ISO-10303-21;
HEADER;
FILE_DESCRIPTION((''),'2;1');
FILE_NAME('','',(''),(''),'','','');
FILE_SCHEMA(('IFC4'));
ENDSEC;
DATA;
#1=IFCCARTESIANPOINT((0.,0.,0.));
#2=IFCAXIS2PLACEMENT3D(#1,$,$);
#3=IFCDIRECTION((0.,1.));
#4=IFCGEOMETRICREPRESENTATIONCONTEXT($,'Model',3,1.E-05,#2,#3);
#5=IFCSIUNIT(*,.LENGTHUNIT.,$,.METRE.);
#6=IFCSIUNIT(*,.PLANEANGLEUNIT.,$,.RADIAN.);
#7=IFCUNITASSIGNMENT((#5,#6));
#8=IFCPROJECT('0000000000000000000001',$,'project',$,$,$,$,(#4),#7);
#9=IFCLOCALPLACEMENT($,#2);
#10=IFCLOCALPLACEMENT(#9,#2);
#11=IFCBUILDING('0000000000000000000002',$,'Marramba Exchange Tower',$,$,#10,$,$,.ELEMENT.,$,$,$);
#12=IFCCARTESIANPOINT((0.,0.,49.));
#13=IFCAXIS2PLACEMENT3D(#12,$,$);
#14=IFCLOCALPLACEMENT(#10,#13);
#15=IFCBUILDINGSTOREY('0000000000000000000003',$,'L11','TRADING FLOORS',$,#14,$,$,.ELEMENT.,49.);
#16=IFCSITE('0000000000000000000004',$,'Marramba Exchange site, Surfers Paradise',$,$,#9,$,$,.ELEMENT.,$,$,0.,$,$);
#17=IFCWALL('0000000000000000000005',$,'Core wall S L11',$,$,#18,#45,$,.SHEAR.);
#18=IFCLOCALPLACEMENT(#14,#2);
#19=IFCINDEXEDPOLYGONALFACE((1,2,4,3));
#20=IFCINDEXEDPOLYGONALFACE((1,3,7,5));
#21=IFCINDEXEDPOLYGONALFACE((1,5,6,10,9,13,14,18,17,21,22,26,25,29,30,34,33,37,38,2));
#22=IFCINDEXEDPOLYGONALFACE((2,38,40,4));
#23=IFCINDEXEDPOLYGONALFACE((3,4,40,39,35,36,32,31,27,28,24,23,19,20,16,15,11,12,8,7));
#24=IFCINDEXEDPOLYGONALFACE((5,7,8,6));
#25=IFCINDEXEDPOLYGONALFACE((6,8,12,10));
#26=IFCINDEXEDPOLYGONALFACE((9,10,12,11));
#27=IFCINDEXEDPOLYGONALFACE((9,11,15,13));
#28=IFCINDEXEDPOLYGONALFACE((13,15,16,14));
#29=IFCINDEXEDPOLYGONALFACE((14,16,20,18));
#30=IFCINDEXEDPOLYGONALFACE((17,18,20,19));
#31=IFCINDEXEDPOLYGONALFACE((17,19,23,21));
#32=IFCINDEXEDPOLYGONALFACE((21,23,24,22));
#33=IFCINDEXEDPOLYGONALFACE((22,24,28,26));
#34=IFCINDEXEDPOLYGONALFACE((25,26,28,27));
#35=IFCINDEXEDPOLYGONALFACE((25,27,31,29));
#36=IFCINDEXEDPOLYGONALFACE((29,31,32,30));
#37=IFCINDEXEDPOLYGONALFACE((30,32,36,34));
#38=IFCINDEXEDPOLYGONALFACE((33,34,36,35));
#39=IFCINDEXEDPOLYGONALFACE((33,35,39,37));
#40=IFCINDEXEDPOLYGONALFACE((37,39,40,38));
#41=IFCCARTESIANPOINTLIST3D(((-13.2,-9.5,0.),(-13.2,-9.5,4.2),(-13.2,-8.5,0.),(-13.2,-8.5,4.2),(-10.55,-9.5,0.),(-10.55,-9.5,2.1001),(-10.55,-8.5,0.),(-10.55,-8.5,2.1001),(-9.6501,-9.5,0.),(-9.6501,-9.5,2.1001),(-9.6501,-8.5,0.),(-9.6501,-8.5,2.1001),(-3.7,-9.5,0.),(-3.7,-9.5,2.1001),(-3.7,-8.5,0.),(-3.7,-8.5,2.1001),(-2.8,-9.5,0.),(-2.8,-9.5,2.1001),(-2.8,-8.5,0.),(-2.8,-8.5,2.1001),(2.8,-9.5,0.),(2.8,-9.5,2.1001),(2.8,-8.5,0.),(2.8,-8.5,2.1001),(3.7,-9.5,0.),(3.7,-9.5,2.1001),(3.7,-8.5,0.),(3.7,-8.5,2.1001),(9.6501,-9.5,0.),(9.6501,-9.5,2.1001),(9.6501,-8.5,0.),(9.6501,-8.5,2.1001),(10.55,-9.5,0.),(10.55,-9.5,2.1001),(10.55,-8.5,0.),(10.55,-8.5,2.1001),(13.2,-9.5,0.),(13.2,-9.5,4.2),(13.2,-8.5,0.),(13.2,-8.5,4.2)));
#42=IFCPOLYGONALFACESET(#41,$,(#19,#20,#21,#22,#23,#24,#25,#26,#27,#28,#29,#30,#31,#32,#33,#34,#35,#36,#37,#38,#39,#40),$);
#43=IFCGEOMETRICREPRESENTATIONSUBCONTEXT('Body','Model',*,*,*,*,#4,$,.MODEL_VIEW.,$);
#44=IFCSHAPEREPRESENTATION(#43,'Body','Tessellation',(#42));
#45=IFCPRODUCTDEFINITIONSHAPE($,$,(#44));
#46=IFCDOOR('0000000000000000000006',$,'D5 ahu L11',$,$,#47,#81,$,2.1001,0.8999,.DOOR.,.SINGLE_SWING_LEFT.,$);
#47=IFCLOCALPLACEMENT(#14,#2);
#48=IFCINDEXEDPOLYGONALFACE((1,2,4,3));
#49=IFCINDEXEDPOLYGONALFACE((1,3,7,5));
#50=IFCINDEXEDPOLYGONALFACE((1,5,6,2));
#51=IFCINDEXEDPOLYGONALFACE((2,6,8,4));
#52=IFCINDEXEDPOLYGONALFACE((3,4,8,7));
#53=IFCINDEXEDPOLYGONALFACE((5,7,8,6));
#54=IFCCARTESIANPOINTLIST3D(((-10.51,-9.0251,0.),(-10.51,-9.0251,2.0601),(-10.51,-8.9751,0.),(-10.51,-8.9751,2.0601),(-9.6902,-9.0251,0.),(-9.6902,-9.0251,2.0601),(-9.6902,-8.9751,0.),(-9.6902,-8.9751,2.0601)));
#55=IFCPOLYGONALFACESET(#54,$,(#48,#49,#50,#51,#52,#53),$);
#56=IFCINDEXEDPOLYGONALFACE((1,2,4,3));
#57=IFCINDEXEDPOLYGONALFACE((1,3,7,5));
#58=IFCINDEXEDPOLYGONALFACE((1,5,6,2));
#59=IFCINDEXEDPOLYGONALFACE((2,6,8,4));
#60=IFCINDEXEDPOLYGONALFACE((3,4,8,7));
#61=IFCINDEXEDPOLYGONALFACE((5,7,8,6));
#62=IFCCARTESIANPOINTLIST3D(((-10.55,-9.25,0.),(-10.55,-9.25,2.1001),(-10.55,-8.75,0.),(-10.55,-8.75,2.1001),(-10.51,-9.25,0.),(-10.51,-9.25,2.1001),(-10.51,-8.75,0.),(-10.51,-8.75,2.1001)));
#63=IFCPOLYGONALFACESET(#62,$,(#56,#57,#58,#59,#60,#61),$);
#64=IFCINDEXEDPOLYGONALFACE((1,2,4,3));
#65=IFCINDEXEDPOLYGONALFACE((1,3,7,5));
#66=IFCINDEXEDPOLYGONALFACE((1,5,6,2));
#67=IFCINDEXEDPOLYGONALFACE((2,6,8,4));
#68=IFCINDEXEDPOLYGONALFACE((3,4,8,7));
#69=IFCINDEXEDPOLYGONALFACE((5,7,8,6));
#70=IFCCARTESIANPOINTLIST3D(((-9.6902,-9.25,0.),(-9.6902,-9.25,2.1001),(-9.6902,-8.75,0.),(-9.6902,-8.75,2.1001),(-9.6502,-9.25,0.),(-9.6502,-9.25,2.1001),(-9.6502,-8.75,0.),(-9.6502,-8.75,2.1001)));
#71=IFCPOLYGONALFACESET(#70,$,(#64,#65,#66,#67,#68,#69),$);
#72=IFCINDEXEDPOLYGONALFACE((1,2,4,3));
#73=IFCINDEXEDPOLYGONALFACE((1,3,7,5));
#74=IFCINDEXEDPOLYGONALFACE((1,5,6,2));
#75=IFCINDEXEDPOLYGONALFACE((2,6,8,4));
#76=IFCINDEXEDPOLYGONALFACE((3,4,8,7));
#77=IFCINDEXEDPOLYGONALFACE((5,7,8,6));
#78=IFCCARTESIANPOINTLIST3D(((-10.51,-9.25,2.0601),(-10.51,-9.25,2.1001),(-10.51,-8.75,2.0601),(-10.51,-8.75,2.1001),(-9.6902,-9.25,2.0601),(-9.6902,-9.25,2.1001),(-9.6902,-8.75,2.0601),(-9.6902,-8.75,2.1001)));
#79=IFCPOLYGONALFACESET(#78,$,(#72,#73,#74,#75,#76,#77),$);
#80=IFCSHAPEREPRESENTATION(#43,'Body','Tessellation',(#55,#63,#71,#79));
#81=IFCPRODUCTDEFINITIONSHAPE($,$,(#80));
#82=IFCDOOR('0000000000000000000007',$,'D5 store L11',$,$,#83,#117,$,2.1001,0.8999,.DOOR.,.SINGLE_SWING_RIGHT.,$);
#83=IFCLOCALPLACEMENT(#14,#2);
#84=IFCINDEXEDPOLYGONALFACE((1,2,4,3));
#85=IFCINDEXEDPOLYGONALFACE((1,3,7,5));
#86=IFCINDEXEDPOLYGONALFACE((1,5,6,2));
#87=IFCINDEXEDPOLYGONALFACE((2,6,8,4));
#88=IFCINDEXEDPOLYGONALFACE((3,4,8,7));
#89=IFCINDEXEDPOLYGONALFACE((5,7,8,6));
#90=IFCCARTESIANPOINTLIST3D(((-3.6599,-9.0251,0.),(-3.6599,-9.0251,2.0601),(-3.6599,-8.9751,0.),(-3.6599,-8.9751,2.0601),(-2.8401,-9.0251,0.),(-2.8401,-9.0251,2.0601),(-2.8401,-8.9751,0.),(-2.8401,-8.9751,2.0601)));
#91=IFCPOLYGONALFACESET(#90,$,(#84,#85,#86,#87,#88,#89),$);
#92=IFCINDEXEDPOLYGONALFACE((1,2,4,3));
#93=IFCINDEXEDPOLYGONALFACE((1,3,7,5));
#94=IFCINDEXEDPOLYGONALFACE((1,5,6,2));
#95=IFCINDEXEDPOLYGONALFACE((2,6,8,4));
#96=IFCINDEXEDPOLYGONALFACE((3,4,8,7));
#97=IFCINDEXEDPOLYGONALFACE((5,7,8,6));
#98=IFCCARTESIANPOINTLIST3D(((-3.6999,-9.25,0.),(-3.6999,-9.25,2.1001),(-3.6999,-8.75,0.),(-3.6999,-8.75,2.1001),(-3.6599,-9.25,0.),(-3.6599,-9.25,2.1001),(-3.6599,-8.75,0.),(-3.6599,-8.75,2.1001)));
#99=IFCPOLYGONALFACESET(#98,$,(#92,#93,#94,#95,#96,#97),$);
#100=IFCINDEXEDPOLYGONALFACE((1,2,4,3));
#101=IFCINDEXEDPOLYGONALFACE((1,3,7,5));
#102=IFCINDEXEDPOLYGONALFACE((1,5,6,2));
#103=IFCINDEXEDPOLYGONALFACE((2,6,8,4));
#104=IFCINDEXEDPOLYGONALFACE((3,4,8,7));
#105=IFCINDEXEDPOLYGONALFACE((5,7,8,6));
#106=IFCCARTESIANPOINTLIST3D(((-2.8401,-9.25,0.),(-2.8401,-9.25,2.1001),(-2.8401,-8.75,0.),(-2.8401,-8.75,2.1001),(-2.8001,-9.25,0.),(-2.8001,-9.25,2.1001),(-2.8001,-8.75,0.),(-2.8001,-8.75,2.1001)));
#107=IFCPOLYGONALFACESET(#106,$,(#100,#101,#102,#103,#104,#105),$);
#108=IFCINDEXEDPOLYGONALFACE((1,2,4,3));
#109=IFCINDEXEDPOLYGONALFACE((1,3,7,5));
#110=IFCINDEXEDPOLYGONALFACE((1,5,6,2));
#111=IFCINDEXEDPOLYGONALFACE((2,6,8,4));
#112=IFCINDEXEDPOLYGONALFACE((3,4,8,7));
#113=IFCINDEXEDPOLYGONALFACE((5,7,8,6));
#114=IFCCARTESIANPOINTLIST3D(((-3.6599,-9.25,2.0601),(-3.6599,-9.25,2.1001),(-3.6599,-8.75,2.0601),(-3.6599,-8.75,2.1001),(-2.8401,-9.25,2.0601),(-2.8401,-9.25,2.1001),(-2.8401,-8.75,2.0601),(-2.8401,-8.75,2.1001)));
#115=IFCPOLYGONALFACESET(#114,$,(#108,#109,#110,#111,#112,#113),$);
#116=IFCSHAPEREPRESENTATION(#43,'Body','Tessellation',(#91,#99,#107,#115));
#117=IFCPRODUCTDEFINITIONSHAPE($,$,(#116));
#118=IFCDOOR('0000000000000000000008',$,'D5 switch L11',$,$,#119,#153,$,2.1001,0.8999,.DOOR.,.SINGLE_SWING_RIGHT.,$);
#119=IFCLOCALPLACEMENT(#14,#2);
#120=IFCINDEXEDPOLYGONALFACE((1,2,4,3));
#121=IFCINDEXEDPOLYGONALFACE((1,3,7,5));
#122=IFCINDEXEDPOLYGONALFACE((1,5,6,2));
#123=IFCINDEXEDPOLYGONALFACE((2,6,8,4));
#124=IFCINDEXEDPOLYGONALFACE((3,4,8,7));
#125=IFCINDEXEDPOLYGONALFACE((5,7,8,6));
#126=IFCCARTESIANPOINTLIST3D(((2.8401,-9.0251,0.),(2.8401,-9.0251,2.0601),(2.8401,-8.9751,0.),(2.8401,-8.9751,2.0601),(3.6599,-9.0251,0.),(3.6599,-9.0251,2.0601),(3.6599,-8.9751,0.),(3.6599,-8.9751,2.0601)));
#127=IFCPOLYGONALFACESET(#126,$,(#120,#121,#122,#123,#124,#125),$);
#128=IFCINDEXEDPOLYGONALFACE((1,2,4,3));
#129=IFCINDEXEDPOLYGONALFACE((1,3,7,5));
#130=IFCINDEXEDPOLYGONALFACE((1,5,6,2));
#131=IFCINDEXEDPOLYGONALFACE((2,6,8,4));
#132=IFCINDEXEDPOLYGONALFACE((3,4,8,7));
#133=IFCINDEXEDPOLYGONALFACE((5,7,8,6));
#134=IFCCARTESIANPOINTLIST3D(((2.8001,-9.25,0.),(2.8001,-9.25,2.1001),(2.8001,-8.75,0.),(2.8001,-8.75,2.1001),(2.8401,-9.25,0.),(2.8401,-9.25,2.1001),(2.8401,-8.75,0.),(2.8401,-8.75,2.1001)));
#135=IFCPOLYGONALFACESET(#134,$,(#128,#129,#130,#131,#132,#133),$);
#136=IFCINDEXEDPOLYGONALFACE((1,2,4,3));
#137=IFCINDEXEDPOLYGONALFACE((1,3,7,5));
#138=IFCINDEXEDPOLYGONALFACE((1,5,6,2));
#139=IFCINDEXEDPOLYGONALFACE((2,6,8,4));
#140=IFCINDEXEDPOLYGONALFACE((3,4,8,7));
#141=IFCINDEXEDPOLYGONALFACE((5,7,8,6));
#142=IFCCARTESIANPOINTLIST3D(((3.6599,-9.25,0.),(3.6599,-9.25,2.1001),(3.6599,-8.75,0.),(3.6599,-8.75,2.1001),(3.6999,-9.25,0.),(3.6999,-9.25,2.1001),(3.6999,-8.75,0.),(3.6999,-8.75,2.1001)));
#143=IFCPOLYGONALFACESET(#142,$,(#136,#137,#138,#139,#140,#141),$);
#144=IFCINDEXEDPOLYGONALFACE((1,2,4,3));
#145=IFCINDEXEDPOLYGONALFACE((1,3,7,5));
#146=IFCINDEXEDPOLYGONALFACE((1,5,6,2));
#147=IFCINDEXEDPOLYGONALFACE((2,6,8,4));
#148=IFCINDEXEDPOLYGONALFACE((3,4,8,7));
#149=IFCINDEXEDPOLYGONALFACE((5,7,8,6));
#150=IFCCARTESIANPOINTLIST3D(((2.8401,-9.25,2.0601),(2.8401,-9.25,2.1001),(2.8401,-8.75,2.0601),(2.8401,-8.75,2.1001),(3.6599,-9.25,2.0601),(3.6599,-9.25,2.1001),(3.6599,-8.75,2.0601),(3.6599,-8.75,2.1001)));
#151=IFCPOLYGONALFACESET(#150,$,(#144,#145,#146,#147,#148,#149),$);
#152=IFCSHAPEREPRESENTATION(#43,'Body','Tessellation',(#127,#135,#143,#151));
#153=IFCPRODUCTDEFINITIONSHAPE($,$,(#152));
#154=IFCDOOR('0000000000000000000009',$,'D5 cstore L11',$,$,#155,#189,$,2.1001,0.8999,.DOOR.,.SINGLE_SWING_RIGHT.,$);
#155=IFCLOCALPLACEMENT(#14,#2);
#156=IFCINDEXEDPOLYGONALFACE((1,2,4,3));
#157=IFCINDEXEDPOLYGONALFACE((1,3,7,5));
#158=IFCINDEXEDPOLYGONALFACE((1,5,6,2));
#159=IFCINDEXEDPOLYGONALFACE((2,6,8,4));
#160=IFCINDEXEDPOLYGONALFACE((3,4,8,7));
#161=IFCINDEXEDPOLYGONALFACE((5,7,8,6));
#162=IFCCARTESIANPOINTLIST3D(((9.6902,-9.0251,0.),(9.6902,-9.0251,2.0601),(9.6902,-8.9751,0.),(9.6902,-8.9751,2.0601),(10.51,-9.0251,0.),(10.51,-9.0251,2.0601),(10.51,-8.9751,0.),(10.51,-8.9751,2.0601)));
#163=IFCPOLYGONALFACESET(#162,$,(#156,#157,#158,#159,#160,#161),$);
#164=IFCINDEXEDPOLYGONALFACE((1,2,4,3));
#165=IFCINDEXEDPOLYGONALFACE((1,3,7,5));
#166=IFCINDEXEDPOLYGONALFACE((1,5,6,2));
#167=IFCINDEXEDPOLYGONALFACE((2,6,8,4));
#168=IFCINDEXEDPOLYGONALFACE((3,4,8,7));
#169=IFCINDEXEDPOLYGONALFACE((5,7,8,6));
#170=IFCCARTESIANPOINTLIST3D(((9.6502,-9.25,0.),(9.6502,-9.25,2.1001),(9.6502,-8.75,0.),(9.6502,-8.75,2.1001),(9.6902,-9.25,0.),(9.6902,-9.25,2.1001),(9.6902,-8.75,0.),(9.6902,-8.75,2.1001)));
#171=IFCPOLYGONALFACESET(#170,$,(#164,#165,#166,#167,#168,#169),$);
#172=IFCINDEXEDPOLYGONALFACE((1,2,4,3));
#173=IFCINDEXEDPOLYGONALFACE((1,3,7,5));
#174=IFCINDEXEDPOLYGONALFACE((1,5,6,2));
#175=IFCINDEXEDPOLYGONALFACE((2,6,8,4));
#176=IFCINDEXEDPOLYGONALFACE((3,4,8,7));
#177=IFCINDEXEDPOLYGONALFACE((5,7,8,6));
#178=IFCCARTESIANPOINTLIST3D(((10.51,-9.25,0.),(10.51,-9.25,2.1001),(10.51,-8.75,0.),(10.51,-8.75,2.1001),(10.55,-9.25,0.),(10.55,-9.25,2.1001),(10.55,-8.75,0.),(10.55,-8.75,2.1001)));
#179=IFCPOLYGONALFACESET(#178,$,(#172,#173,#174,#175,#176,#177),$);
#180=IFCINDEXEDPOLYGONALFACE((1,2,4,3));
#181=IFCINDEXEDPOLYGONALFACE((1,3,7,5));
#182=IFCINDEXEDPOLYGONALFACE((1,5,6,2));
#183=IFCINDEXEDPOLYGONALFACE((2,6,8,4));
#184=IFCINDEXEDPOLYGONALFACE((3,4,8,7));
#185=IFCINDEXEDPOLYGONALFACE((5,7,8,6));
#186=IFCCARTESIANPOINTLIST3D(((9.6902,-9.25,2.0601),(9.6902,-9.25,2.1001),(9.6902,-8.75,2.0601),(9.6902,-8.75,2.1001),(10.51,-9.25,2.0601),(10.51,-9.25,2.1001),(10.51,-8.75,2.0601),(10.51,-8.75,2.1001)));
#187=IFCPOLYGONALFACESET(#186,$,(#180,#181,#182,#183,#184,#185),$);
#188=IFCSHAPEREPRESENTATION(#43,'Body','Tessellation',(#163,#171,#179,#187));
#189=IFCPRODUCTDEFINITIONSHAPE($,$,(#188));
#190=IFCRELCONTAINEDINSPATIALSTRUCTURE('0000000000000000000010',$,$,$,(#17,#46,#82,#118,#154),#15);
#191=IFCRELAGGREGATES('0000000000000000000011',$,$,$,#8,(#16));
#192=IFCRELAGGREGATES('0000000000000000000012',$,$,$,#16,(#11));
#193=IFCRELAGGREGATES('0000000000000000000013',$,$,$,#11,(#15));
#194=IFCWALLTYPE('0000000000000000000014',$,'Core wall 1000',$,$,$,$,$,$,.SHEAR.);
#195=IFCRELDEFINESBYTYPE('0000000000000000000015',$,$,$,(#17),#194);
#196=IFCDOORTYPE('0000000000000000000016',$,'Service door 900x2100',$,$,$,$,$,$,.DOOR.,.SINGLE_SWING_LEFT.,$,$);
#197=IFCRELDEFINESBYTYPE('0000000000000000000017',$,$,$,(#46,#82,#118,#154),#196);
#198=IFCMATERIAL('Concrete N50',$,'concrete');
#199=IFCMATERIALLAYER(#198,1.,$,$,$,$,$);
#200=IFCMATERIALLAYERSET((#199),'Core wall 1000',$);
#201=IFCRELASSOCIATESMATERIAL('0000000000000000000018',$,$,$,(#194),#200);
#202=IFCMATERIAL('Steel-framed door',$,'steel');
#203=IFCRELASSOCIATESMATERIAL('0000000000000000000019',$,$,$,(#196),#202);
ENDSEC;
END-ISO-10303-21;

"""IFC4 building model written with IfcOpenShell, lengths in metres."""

from ifc_helpers import new_model, si_unit, direction, frame, frame_2d, origin, place, context, subcontext, project, spatial, rectangle, extrude, material, layer, layer_set, type_object, element, fill, save


model = new_model("IFC4")

# Units and contexts
model_context = context("Model", 3, precision=1e-05, world=origin(), true_north=direction((0.0, 1.0)))
body_context = subcontext(model_context, "Body", "Model", "MODEL_VIEW")
ifc_project = project(units=[si_unit("LENGTHUNIT", "METRE"), si_unit("PLANEANGLEUNIT", "RADIAN")], contexts=[model_context])

# Site, building, storey
site_placement = place(None, origin())
site = spatial("IfcSite", under=ifc_project, at=site_placement, Name="Marramba Exchange site, Surfers Paradise", CompositionType="ELEMENT", RefElevation=0.0)
building_placement = place(site_placement, origin())
building = spatial("IfcBuilding", under=site, at=building_placement, Name="Marramba Exchange Tower", CompositionType="ELEMENT")
storey_placement = place(building_placement, frame((0.0, 0.0, 49.0)))
storey = spatial("IfcBuildingStorey", under=building, at=storey_placement, Name="L11", Description="TRADING FLOORS", CompositionType="ELEMENT", Elevation=49.0)

# Shared definitions
ifc_material_1 = material(Name="Concrete N50", Category="concrete")

# Wall, openings, doors
ifc_layer_1 = layer(ifc_material_1, 1.0)
ifc_layer_set_1 = layer_set([ifc_layer_1], Name="Core wall 1000")
wall_type_1 = type_object("IfcWallType", Name="Core wall 1000", PredefinedType="SHEAR", material=ifc_layer_set_1)
wall_1_placement = place(storey_placement, frame((-13.2, -9.0, 0.0), z_axis=(0.0, 0.0, 1.0), x_axis=(1.0, 0.0, 0.0)))
wall_1 = element("IfcWall", 1, at=wall_1_placement, inside=storey, type_object=wall_type_1, Name="Core wall S L11", PredefinedType="SHEAR", context=body_context, shape_type="SweptSolid", body=[
    extrude(rectangle(XDim=26.3999, YDim=1.0, at=frame_2d((13.2, 0.0))), origin(), (0.0, 0.0, 1.0), 4.2),
])
opening_1_placement = place(wall_1_placement, frame((2.6499, 0.0, 0.0)))
opening_1 = element("IfcOpeningElement", 2, at=opening_1_placement, cuts=wall_1, PredefinedType="OPENING", context=body_context, shape_type="SweptSolid", body=[
    extrude(rectangle(XDim=0.8999, YDim=2.1001, at=frame_2d((0.45, 1.05))), frame((0.0, 0.51, 0.0), z_axis=(0.0, -1.0, 0.0), x_axis=(1.0, 0.0, 0.0)), (0.0, 0.0, 1.0), 1.02),
])
opening_2_placement = place(wall_1_placement, frame((9.5, 0.0, 0.0)))
opening_2 = element("IfcOpeningElement", 3, at=opening_2_placement, cuts=wall_1, PredefinedType="OPENING", context=body_context, shape_type="SweptSolid", body=[
    extrude(rectangle(XDim=0.8999, YDim=2.1001, at=frame_2d((0.45, 1.05))), frame((0.0, 0.51, 0.0), z_axis=(0.0, -1.0, 0.0), x_axis=(1.0, 0.0, 0.0)), (0.0, 0.0, 1.0), 1.02),
])
opening_3_placement = place(wall_1_placement, frame((16.0, 0.0, 0.0)))
opening_3 = element("IfcOpeningElement", 4, at=opening_3_placement, cuts=wall_1, PredefinedType="OPENING", context=body_context, shape_type="SweptSolid", body=[
    extrude(rectangle(XDim=0.8999, YDim=2.1001, at=frame_2d((0.45, 1.05))), frame((0.0, 0.51, 0.0), z_axis=(0.0, -1.0, 0.0), x_axis=(1.0, 0.0, 0.0)), (0.0, 0.0, 1.0), 1.02),
])
opening_4_placement = place(wall_1_placement, frame((22.8501, 0.0, 0.0)))
opening_4 = element("IfcOpeningElement", 5, at=opening_4_placement, cuts=wall_1, PredefinedType="OPENING", context=body_context, shape_type="SweptSolid", body=[
    extrude(rectangle(XDim=0.8999, YDim=2.1001, at=frame_2d((0.45, 1.05))), frame((0.0, 0.51, 0.0), z_axis=(0.0, -1.0, 0.0), x_axis=(1.0, 0.0, 0.0)), (0.0, 0.0, 1.0), 1.02),
])
ifc_material_2 = material(Name="Steel-framed door", Category="steel")
door_type = type_object("IfcDoorType", Name="Service door 900x2100", OperationType="SINGLE_SWING_LEFT", PredefinedType="DOOR", material=ifc_material_2)
door_1_placement = place(opening_1_placement, origin())
door_1 = element("IfcDoor", 6, at=door_1_placement, inside=storey, type_object=door_type, Name="D5 ahu L11", OperationType="SINGLE_SWING_LEFT", OverallHeight=2.1001, OverallWidth=0.8999, PredefinedType="DOOR", context=body_context, shape_type="SweptSolid", body=[
    extrude(rectangle(XDim=0.8198, YDim=2.0601, at=frame_2d((0.45, 1.03))), frame((0.0, 0.0249, 0.0), z_axis=(0.0, -1.0, 0.0), x_axis=(1.0, 0.0, 0.0)), (0.0, 0.0, 1.0), 0.05),
    extrude(rectangle(XDim=0.04, YDim=2.1001, at=frame_2d((0.02, 1.05))), frame((0.0, 0.25, 0.0), z_axis=(0.0, -1.0, 0.0), x_axis=(1.0, 0.0, 0.0)), (0.0, 0.0, 1.0), 0.5),
    extrude(rectangle(XDim=0.04, YDim=2.1001, at=frame_2d((0.8799, 1.05))), frame((0.0, 0.25, 0.0), z_axis=(0.0, -1.0, 0.0), x_axis=(1.0, 0.0, 0.0)), (0.0, 0.0, 1.0), 0.5),
    extrude(rectangle(XDim=0.8198, YDim=0.04, at=frame_2d((0.45, 2.0801))), frame((0.0, 0.25, 0.0), z_axis=(0.0, -1.0, 0.0), x_axis=(1.0, 0.0, 0.0)), (0.0, 0.0, 1.0), 0.5),
])
fill(opening_1, door_1)
door_2_placement = place(opening_2_placement, origin())
door_2 = element("IfcDoor", 7, at=door_2_placement, inside=storey, type_object=door_type, Name="D5 store L11", OperationType="SINGLE_SWING_RIGHT", OverallHeight=2.1001, OverallWidth=0.8999, PredefinedType="DOOR", context=body_context, shape_type="SweptSolid", body=[
    extrude(rectangle(XDim=0.8198, YDim=2.0601, at=frame_2d((0.45, 1.03))), frame((0.0, 0.0249, 0.0), z_axis=(0.0, -1.0, 0.0), x_axis=(1.0, 0.0, 0.0)), (0.0, 0.0, 1.0), 0.05),
    extrude(rectangle(XDim=0.04, YDim=2.1001, at=frame_2d((0.02, 1.05))), frame((0.0, 0.25, 0.0), z_axis=(0.0, -1.0, 0.0), x_axis=(1.0, 0.0, 0.0)), (0.0, 0.0, 1.0), 0.5),
    extrude(rectangle(XDim=0.04, YDim=2.1001, at=frame_2d((0.8799, 1.05))), frame((0.0, 0.25, 0.0), z_axis=(0.0, -1.0, 0.0), x_axis=(1.0, 0.0, 0.0)), (0.0, 0.0, 1.0), 0.5),
    extrude(rectangle(XDim=0.8198, YDim=0.04, at=frame_2d((0.45, 2.0801))), frame((0.0, 0.25, 0.0), z_axis=(0.0, -1.0, 0.0), x_axis=(1.0, 0.0, 0.0)), (0.0, 0.0, 1.0), 0.5),
])
fill(opening_2, door_2)
door_3_placement = place(opening_3_placement, origin())
door_3 = element("IfcDoor", 8, at=door_3_placement, inside=storey, type_object=door_type, Name="D5 switch L11", OperationType="SINGLE_SWING_RIGHT", OverallHeight=2.1001, OverallWidth=0.8999, PredefinedType="DOOR", context=body_context, shape_type="SweptSolid", body=[
    extrude(rectangle(XDim=0.8198, YDim=2.0601, at=frame_2d((0.45, 1.03))), frame((0.0, 0.0249, 0.0), z_axis=(0.0, -1.0, 0.0), x_axis=(1.0, 0.0, 0.0)), (0.0, 0.0, 1.0), 0.05),
    extrude(rectangle(XDim=0.04, YDim=2.1001, at=frame_2d((0.02, 1.05))), frame((0.0, 0.25, 0.0), z_axis=(0.0, -1.0, 0.0), x_axis=(1.0, 0.0, 0.0)), (0.0, 0.0, 1.0), 0.5),
    extrude(rectangle(XDim=0.04, YDim=2.1001, at=frame_2d((0.8799, 1.05))), frame((0.0, 0.25, 0.0), z_axis=(0.0, -1.0, 0.0), x_axis=(1.0, 0.0, 0.0)), (0.0, 0.0, 1.0), 0.5),
    extrude(rectangle(XDim=0.8198, YDim=0.04, at=frame_2d((0.45, 2.0801))), frame((0.0, 0.25, 0.0), z_axis=(0.0, -1.0, 0.0), x_axis=(1.0, 0.0, 0.0)), (0.0, 0.0, 1.0), 0.5),
])
fill(opening_3, door_3)
door_4_placement = place(opening_4_placement, origin())
door_4 = element("IfcDoor", 9, at=door_4_placement, inside=storey, type_object=door_type, Name="D5 cstore L11", OperationType="SINGLE_SWING_RIGHT", OverallHeight=2.1001, OverallWidth=0.8999, PredefinedType="DOOR", context=body_context, shape_type="SweptSolid", body=[
    extrude(rectangle(XDim=0.8198, YDim=2.0601, at=frame_2d((0.45, 1.03))), frame((0.0, 0.0249, 0.0), z_axis=(0.0, -1.0, 0.0), x_axis=(1.0, 0.0, 0.0)), (0.0, 0.0, 1.0), 0.05),
    extrude(rectangle(XDim=0.04, YDim=2.1001, at=frame_2d((0.02, 1.05))), frame((0.0, 0.25, 0.0), z_axis=(0.0, -1.0, 0.0), x_axis=(1.0, 0.0, 0.0)), (0.0, 0.0, 1.0), 0.5),
    extrude(rectangle(XDim=0.04, YDim=2.1001, at=frame_2d((0.8799, 1.05))), frame((0.0, 0.25, 0.0), z_axis=(0.0, -1.0, 0.0), x_axis=(1.0, 0.0, 0.0)), (0.0, 0.0, 1.0), 0.5),
    extrude(rectangle(XDim=0.8198, YDim=0.04, at=frame_2d((0.45, 2.0801))), frame((0.0, 0.25, 0.0), z_axis=(0.0, -1.0, 0.0), x_axis=(1.0, 0.0, 0.0)), (0.0, 0.0, 1.0), 0.5),
])
fill(opening_4, door_4)

save(model, "model.ifc")
